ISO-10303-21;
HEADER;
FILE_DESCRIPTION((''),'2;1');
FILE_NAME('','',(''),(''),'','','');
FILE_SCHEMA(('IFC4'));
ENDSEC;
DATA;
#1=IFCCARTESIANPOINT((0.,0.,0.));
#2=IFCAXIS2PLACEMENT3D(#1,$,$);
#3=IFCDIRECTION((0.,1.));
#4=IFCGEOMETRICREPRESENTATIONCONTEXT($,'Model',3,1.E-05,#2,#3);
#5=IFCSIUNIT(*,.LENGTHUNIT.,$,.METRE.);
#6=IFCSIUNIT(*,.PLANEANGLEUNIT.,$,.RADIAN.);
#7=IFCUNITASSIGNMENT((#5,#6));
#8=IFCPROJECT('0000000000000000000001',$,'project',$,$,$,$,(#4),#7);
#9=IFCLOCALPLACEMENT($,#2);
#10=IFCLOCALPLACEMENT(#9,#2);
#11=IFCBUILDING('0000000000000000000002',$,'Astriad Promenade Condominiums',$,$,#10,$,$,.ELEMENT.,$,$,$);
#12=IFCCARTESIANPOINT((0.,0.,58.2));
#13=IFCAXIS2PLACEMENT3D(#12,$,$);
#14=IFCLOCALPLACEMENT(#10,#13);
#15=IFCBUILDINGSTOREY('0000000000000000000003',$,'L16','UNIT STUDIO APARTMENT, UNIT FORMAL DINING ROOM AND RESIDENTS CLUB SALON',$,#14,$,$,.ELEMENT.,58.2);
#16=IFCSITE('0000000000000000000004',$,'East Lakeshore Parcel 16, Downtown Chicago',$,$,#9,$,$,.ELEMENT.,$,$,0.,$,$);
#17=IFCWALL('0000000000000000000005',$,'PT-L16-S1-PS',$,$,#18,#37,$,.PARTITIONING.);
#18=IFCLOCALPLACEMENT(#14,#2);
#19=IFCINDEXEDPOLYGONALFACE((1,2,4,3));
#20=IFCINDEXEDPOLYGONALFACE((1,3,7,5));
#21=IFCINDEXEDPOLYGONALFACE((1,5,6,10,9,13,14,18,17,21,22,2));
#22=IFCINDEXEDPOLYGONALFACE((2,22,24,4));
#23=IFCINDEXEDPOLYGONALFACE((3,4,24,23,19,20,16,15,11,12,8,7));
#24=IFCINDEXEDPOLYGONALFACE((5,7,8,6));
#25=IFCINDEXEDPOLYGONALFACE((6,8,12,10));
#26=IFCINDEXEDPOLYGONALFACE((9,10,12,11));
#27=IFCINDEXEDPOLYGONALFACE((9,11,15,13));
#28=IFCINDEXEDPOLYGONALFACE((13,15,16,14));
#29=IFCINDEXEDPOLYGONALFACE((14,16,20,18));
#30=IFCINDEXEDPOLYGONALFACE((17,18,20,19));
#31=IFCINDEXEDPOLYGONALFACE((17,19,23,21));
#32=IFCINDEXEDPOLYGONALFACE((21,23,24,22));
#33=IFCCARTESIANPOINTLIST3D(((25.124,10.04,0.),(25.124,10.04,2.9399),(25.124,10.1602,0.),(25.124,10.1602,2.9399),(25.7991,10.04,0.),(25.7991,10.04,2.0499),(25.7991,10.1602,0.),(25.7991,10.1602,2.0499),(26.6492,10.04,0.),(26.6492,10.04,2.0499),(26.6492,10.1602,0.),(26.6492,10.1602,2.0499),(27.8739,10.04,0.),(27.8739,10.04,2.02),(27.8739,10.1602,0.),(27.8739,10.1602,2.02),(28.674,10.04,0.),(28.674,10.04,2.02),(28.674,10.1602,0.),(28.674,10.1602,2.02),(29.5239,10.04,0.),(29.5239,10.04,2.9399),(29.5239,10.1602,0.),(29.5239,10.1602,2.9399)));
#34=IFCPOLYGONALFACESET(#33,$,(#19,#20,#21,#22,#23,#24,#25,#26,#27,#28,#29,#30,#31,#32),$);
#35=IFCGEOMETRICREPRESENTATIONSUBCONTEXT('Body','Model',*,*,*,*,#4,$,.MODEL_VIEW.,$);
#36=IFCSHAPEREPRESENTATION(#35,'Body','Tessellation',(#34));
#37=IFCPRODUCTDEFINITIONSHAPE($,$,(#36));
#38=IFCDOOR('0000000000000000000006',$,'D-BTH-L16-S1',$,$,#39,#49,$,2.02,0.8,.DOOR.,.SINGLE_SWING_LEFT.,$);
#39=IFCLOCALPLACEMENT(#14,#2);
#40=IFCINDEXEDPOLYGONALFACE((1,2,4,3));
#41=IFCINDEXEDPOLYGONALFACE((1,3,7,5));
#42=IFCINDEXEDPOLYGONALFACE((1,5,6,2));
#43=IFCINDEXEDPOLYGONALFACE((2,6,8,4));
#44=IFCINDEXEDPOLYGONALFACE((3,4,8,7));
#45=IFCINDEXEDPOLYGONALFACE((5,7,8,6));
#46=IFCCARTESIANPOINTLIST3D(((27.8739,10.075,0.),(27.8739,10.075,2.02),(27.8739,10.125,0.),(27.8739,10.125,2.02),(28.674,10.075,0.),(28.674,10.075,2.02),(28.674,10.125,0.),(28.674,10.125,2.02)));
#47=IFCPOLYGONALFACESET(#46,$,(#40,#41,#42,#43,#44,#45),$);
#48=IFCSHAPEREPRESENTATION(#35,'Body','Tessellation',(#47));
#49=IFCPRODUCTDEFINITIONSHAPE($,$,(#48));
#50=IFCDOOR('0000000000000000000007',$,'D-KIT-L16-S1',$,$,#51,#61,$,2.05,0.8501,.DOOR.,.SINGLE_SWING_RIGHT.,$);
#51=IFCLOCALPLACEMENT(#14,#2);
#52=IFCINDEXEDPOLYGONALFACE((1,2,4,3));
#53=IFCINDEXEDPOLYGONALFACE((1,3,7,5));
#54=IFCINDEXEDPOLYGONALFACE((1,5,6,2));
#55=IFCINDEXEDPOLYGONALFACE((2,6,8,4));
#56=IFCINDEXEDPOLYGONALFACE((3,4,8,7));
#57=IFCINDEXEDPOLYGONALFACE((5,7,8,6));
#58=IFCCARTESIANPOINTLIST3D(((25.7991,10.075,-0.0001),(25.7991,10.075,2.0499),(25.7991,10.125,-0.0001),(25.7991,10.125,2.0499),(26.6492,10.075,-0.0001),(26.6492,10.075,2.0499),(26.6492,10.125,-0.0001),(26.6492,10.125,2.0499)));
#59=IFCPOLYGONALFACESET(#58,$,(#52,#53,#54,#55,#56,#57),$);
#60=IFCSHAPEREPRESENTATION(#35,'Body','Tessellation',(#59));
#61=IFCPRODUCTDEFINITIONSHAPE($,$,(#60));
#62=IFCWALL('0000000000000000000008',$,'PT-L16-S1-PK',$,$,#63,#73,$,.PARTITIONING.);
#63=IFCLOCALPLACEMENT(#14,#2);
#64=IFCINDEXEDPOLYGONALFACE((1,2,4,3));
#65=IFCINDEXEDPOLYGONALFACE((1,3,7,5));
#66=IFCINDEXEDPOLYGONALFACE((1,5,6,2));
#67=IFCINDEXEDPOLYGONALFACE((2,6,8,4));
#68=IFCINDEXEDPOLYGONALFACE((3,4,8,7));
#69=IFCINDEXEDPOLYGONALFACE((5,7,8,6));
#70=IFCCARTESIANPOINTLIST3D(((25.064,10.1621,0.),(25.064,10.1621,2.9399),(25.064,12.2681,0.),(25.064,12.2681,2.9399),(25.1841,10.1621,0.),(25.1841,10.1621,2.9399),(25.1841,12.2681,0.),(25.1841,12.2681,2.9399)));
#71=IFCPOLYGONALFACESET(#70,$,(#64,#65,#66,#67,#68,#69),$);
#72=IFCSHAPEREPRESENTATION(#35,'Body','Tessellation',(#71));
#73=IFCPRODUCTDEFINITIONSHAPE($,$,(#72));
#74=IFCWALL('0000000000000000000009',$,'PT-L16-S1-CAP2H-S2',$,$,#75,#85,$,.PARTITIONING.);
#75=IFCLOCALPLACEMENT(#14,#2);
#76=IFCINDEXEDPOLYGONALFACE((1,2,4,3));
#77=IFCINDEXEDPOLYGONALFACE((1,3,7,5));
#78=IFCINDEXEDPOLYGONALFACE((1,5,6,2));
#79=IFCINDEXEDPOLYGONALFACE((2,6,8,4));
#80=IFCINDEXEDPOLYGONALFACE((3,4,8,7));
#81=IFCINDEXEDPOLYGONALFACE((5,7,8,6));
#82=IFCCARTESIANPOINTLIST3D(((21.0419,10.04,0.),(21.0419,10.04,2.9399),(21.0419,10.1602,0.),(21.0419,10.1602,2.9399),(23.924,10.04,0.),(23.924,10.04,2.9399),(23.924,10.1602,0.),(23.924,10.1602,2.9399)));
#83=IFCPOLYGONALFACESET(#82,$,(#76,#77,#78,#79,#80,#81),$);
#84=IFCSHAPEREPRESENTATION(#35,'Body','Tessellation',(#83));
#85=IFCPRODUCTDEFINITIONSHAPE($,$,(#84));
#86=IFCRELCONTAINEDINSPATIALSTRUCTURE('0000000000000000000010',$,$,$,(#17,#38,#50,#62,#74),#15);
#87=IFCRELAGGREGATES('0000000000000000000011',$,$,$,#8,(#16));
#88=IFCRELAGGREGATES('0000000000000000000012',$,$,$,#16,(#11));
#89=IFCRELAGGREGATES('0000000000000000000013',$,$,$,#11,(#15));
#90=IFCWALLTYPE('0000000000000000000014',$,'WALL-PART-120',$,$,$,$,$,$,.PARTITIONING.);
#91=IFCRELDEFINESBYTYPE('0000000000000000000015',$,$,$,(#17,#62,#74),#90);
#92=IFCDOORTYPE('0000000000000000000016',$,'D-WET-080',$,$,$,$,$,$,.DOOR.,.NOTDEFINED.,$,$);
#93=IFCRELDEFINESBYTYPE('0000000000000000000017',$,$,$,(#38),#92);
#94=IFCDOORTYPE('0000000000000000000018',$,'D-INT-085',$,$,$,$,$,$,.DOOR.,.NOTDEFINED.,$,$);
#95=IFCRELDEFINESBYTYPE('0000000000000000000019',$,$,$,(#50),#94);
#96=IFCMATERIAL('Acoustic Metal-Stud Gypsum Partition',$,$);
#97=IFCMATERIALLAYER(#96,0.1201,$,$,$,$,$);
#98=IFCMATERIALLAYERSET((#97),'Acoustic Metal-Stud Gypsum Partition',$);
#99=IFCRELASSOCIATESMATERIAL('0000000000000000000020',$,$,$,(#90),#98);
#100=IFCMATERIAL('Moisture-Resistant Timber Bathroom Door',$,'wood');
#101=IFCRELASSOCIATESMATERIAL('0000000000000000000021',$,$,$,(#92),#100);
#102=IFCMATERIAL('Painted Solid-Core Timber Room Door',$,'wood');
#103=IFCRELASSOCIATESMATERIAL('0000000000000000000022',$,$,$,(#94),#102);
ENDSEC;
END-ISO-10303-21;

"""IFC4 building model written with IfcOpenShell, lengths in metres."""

from ifc_helpers import new_model, si_unit, direction, frame, frame_2d, origin, place, context, subcontext, project, spatial, rectangle, extrude, source, transform, mapped, material, layer, layer_set, type_object, type_shapes, element, fill, save


model = new_model("IFC4")

# Units and contexts
model_context = context("Model", 3, precision=1e-05, world=origin(), true_north=direction((0.0, 1.0)))
body_context = subcontext(model_context, "Body", "Model", "MODEL_VIEW")
ifc_project = project(units=[si_unit("LENGTHUNIT", "METRE"), si_unit("PLANEANGLEUNIT", "RADIAN")], contexts=[model_context])

# Site, building, storey
site_placement = place(None, origin())
site = spatial("IfcSite", under=ifc_project, at=site_placement, Name="East Lakeshore Parcel 16, Downtown Chicago", CompositionType="ELEMENT", RefElevation=0.0)
building_placement = place(site_placement, origin())
building = spatial("IfcBuilding", under=site, at=building_placement, Name="Astriad Promenade Condominiums", CompositionType="ELEMENT")
storey_placement = place(building_placement, frame((0.0, 0.0, 58.2)))
storey = spatial("IfcBuildingStorey", under=building, at=storey_placement, Name="L16", Description="UNIT STUDIO APARTMENT, UNIT FORMAL DINING ROOM AND RESIDENTS CLUB SALON", CompositionType="ELEMENT", Elevation=58.2)

# Wall, openings, doors
ifc_material_1 = material(Name="Acoustic Metal-Stud Gypsum Partition")
ifc_layer_1 = layer(ifc_material_1, 0.1201)
ifc_layer_set_1 = layer_set([ifc_layer_1], Name="Acoustic Metal-Stud Gypsum Partition")
wall_type_1 = type_object("IfcWallType", Name="WALL-PART-120", PredefinedType="PARTITIONING", material=ifc_layer_set_1)
wall_1_placement = place(storey_placement, frame((25.124, 10.1001, 0.0), z_axis=(0.0, 0.0, 1.0), x_axis=(1.0, 0.0, 0.0)))
wall_1 = element("IfcWall", 1, at=wall_1_placement, inside=storey, type_object=wall_type_1, Name="PT-L16-S1-PS", PredefinedType="PARTITIONING", context=body_context, shape_type="SweptSolid", body=[
    extrude(rectangle(XDim=4.3999, YDim=0.1201, at=frame_2d((2.2, 0.0))), origin(), (0.0, 0.0, 1.0), 2.9399),
])
opening_1_placement = place(wall_1_placement, frame((0.675, 0.0, 0.0)))
opening_1 = element("IfcOpeningElement", 2, at=opening_1_placement, cuts=wall_1, PredefinedType="OPENING", context=body_context, shape_type="SweptSolid", body=[
    extrude(rectangle(XDim=0.8501, YDim=2.05, at=frame_2d((0.425, 1.0249))), frame((0.0, 0.0701, 0.0), z_axis=(0.0, -1.0, 0.0), x_axis=(1.0, 0.0, 0.0)), (0.0, 0.0, 1.0), 0.1401),
])
opening_2_placement = place(wall_1_placement, frame((2.75, 0.0, 0.0)))
opening_2 = element("IfcOpeningElement", 3, at=opening_2_placement, cuts=wall_1, PredefinedType="OPENING", context=body_context, shape_type="SweptSolid", body=[
    extrude(rectangle(XDim=0.8, YDim=2.02, at=frame_2d((0.3999, 1.01))), frame((0.0, 0.0701, 0.0), z_axis=(0.0, -1.0, 0.0), x_axis=(1.0, 0.0, 0.0)), (0.0, 0.0, 1.0), 0.1401),
])
ifc_material_2 = material(Name="Moisture-Resistant Timber Bathroom Door", Category="wood")
door_type_1 = type_object("IfcDoorType", Name="D-WET-080", OperationType="NOTDEFINED", PredefinedType="DOOR", material=ifc_material_2)
shared_shape_1 = source(origin(), body_context, "Body", "SweptSolid", [
    extrude(rectangle(XDim=0.8, YDim=2.02, at=frame_2d((0.3999, 1.01))), frame((0.0, 0.0249, 0.0), z_axis=(0.0, -1.0, 0.0), x_axis=(1.0, 0.0, 0.0)), (0.0, 0.0, 1.0), 0.05),
])
type_shapes(door_type_1, [shared_shape_1])
door_1_placement = place(opening_2_placement, origin())
door_1 = element("IfcDoor", 4, at=door_1_placement, inside=storey, type_object=door_type_1, Name="D-BTH-L16-S1", OperationType="SINGLE_SWING_LEFT", OverallHeight=2.02, OverallWidth=0.8, PredefinedType="DOOR", context=body_context, shape_type="MappedRepresentation", body=[
    mapped(shared_shape_1, transform((0.0, 0.0, 0.0), scale=1.0)),
])
fill(opening_2, door_1)
ifc_material_3 = material(Name="Painted Solid-Core Timber Room Door", Category="wood")
door_type_2 = type_object("IfcDoorType", Name="D-INT-085", OperationType="NOTDEFINED", PredefinedType="DOOR", material=ifc_material_3)
shared_shape_2 = source(origin(), body_context, "Body", "SweptSolid", [
    extrude(rectangle(XDim=0.8501, YDim=2.05, at=frame_2d((0.425, 1.0249))), frame((0.0, 0.0249, 0.0), z_axis=(0.0, -1.0, 0.0), x_axis=(1.0, 0.0, 0.0)), (0.0, 0.0, 1.0), 0.05),
])
type_shapes(door_type_2, [shared_shape_2])
door_2_placement = place(opening_1_placement, origin())
door_2 = element("IfcDoor", 5, at=door_2_placement, inside=storey, type_object=door_type_2, Name="D-KIT-L16-S1", OperationType="SINGLE_SWING_RIGHT", OverallHeight=2.05, OverallWidth=0.8501, PredefinedType="DOOR", context=body_context, shape_type="MappedRepresentation", body=[
    mapped(shared_shape_2, transform((0.0, 0.0, 0.0), scale=1.0)),
])
fill(opening_1, door_2)

# Walls
wall_2_placement = place(storey_placement, frame((25.124, 10.1621, 0.0), z_axis=(0.0, 0.0, 1.0), x_axis=(0.0, 1.0, 0.0)))
element("IfcWall", 6, at=wall_2_placement, inside=storey, type_object=wall_type_1, Name="PT-L16-S1-PK", PredefinedType="PARTITIONING", context=body_context, shape_type="SweptSolid", body=[
    extrude(rectangle(XDim=2.106, YDim=0.1201, at=frame_2d((1.053, 0.0))), origin(), (0.0, 0.0, 1.0), 2.9399),
])
wall_3_placement = place(storey_placement, frame((21.042, 10.1001, 0.0), z_axis=(0.0, 0.0, 1.0), x_axis=(1.0, 0.0, 0.0)))
element("IfcWall", 7, at=wall_3_placement, inside=storey, type_object=wall_type_1, Name="PT-L16-S1-CAP2H-S2", PredefinedType="PARTITIONING", context=body_context, shape_type="SweptSolid", body=[
    extrude(rectangle(XDim=2.8821, YDim=0.1201, at=frame_2d((1.4409, 0.0))), origin(), (0.0, 0.0, 1.0), 2.9399),
])

save(model, "model.ifc")
